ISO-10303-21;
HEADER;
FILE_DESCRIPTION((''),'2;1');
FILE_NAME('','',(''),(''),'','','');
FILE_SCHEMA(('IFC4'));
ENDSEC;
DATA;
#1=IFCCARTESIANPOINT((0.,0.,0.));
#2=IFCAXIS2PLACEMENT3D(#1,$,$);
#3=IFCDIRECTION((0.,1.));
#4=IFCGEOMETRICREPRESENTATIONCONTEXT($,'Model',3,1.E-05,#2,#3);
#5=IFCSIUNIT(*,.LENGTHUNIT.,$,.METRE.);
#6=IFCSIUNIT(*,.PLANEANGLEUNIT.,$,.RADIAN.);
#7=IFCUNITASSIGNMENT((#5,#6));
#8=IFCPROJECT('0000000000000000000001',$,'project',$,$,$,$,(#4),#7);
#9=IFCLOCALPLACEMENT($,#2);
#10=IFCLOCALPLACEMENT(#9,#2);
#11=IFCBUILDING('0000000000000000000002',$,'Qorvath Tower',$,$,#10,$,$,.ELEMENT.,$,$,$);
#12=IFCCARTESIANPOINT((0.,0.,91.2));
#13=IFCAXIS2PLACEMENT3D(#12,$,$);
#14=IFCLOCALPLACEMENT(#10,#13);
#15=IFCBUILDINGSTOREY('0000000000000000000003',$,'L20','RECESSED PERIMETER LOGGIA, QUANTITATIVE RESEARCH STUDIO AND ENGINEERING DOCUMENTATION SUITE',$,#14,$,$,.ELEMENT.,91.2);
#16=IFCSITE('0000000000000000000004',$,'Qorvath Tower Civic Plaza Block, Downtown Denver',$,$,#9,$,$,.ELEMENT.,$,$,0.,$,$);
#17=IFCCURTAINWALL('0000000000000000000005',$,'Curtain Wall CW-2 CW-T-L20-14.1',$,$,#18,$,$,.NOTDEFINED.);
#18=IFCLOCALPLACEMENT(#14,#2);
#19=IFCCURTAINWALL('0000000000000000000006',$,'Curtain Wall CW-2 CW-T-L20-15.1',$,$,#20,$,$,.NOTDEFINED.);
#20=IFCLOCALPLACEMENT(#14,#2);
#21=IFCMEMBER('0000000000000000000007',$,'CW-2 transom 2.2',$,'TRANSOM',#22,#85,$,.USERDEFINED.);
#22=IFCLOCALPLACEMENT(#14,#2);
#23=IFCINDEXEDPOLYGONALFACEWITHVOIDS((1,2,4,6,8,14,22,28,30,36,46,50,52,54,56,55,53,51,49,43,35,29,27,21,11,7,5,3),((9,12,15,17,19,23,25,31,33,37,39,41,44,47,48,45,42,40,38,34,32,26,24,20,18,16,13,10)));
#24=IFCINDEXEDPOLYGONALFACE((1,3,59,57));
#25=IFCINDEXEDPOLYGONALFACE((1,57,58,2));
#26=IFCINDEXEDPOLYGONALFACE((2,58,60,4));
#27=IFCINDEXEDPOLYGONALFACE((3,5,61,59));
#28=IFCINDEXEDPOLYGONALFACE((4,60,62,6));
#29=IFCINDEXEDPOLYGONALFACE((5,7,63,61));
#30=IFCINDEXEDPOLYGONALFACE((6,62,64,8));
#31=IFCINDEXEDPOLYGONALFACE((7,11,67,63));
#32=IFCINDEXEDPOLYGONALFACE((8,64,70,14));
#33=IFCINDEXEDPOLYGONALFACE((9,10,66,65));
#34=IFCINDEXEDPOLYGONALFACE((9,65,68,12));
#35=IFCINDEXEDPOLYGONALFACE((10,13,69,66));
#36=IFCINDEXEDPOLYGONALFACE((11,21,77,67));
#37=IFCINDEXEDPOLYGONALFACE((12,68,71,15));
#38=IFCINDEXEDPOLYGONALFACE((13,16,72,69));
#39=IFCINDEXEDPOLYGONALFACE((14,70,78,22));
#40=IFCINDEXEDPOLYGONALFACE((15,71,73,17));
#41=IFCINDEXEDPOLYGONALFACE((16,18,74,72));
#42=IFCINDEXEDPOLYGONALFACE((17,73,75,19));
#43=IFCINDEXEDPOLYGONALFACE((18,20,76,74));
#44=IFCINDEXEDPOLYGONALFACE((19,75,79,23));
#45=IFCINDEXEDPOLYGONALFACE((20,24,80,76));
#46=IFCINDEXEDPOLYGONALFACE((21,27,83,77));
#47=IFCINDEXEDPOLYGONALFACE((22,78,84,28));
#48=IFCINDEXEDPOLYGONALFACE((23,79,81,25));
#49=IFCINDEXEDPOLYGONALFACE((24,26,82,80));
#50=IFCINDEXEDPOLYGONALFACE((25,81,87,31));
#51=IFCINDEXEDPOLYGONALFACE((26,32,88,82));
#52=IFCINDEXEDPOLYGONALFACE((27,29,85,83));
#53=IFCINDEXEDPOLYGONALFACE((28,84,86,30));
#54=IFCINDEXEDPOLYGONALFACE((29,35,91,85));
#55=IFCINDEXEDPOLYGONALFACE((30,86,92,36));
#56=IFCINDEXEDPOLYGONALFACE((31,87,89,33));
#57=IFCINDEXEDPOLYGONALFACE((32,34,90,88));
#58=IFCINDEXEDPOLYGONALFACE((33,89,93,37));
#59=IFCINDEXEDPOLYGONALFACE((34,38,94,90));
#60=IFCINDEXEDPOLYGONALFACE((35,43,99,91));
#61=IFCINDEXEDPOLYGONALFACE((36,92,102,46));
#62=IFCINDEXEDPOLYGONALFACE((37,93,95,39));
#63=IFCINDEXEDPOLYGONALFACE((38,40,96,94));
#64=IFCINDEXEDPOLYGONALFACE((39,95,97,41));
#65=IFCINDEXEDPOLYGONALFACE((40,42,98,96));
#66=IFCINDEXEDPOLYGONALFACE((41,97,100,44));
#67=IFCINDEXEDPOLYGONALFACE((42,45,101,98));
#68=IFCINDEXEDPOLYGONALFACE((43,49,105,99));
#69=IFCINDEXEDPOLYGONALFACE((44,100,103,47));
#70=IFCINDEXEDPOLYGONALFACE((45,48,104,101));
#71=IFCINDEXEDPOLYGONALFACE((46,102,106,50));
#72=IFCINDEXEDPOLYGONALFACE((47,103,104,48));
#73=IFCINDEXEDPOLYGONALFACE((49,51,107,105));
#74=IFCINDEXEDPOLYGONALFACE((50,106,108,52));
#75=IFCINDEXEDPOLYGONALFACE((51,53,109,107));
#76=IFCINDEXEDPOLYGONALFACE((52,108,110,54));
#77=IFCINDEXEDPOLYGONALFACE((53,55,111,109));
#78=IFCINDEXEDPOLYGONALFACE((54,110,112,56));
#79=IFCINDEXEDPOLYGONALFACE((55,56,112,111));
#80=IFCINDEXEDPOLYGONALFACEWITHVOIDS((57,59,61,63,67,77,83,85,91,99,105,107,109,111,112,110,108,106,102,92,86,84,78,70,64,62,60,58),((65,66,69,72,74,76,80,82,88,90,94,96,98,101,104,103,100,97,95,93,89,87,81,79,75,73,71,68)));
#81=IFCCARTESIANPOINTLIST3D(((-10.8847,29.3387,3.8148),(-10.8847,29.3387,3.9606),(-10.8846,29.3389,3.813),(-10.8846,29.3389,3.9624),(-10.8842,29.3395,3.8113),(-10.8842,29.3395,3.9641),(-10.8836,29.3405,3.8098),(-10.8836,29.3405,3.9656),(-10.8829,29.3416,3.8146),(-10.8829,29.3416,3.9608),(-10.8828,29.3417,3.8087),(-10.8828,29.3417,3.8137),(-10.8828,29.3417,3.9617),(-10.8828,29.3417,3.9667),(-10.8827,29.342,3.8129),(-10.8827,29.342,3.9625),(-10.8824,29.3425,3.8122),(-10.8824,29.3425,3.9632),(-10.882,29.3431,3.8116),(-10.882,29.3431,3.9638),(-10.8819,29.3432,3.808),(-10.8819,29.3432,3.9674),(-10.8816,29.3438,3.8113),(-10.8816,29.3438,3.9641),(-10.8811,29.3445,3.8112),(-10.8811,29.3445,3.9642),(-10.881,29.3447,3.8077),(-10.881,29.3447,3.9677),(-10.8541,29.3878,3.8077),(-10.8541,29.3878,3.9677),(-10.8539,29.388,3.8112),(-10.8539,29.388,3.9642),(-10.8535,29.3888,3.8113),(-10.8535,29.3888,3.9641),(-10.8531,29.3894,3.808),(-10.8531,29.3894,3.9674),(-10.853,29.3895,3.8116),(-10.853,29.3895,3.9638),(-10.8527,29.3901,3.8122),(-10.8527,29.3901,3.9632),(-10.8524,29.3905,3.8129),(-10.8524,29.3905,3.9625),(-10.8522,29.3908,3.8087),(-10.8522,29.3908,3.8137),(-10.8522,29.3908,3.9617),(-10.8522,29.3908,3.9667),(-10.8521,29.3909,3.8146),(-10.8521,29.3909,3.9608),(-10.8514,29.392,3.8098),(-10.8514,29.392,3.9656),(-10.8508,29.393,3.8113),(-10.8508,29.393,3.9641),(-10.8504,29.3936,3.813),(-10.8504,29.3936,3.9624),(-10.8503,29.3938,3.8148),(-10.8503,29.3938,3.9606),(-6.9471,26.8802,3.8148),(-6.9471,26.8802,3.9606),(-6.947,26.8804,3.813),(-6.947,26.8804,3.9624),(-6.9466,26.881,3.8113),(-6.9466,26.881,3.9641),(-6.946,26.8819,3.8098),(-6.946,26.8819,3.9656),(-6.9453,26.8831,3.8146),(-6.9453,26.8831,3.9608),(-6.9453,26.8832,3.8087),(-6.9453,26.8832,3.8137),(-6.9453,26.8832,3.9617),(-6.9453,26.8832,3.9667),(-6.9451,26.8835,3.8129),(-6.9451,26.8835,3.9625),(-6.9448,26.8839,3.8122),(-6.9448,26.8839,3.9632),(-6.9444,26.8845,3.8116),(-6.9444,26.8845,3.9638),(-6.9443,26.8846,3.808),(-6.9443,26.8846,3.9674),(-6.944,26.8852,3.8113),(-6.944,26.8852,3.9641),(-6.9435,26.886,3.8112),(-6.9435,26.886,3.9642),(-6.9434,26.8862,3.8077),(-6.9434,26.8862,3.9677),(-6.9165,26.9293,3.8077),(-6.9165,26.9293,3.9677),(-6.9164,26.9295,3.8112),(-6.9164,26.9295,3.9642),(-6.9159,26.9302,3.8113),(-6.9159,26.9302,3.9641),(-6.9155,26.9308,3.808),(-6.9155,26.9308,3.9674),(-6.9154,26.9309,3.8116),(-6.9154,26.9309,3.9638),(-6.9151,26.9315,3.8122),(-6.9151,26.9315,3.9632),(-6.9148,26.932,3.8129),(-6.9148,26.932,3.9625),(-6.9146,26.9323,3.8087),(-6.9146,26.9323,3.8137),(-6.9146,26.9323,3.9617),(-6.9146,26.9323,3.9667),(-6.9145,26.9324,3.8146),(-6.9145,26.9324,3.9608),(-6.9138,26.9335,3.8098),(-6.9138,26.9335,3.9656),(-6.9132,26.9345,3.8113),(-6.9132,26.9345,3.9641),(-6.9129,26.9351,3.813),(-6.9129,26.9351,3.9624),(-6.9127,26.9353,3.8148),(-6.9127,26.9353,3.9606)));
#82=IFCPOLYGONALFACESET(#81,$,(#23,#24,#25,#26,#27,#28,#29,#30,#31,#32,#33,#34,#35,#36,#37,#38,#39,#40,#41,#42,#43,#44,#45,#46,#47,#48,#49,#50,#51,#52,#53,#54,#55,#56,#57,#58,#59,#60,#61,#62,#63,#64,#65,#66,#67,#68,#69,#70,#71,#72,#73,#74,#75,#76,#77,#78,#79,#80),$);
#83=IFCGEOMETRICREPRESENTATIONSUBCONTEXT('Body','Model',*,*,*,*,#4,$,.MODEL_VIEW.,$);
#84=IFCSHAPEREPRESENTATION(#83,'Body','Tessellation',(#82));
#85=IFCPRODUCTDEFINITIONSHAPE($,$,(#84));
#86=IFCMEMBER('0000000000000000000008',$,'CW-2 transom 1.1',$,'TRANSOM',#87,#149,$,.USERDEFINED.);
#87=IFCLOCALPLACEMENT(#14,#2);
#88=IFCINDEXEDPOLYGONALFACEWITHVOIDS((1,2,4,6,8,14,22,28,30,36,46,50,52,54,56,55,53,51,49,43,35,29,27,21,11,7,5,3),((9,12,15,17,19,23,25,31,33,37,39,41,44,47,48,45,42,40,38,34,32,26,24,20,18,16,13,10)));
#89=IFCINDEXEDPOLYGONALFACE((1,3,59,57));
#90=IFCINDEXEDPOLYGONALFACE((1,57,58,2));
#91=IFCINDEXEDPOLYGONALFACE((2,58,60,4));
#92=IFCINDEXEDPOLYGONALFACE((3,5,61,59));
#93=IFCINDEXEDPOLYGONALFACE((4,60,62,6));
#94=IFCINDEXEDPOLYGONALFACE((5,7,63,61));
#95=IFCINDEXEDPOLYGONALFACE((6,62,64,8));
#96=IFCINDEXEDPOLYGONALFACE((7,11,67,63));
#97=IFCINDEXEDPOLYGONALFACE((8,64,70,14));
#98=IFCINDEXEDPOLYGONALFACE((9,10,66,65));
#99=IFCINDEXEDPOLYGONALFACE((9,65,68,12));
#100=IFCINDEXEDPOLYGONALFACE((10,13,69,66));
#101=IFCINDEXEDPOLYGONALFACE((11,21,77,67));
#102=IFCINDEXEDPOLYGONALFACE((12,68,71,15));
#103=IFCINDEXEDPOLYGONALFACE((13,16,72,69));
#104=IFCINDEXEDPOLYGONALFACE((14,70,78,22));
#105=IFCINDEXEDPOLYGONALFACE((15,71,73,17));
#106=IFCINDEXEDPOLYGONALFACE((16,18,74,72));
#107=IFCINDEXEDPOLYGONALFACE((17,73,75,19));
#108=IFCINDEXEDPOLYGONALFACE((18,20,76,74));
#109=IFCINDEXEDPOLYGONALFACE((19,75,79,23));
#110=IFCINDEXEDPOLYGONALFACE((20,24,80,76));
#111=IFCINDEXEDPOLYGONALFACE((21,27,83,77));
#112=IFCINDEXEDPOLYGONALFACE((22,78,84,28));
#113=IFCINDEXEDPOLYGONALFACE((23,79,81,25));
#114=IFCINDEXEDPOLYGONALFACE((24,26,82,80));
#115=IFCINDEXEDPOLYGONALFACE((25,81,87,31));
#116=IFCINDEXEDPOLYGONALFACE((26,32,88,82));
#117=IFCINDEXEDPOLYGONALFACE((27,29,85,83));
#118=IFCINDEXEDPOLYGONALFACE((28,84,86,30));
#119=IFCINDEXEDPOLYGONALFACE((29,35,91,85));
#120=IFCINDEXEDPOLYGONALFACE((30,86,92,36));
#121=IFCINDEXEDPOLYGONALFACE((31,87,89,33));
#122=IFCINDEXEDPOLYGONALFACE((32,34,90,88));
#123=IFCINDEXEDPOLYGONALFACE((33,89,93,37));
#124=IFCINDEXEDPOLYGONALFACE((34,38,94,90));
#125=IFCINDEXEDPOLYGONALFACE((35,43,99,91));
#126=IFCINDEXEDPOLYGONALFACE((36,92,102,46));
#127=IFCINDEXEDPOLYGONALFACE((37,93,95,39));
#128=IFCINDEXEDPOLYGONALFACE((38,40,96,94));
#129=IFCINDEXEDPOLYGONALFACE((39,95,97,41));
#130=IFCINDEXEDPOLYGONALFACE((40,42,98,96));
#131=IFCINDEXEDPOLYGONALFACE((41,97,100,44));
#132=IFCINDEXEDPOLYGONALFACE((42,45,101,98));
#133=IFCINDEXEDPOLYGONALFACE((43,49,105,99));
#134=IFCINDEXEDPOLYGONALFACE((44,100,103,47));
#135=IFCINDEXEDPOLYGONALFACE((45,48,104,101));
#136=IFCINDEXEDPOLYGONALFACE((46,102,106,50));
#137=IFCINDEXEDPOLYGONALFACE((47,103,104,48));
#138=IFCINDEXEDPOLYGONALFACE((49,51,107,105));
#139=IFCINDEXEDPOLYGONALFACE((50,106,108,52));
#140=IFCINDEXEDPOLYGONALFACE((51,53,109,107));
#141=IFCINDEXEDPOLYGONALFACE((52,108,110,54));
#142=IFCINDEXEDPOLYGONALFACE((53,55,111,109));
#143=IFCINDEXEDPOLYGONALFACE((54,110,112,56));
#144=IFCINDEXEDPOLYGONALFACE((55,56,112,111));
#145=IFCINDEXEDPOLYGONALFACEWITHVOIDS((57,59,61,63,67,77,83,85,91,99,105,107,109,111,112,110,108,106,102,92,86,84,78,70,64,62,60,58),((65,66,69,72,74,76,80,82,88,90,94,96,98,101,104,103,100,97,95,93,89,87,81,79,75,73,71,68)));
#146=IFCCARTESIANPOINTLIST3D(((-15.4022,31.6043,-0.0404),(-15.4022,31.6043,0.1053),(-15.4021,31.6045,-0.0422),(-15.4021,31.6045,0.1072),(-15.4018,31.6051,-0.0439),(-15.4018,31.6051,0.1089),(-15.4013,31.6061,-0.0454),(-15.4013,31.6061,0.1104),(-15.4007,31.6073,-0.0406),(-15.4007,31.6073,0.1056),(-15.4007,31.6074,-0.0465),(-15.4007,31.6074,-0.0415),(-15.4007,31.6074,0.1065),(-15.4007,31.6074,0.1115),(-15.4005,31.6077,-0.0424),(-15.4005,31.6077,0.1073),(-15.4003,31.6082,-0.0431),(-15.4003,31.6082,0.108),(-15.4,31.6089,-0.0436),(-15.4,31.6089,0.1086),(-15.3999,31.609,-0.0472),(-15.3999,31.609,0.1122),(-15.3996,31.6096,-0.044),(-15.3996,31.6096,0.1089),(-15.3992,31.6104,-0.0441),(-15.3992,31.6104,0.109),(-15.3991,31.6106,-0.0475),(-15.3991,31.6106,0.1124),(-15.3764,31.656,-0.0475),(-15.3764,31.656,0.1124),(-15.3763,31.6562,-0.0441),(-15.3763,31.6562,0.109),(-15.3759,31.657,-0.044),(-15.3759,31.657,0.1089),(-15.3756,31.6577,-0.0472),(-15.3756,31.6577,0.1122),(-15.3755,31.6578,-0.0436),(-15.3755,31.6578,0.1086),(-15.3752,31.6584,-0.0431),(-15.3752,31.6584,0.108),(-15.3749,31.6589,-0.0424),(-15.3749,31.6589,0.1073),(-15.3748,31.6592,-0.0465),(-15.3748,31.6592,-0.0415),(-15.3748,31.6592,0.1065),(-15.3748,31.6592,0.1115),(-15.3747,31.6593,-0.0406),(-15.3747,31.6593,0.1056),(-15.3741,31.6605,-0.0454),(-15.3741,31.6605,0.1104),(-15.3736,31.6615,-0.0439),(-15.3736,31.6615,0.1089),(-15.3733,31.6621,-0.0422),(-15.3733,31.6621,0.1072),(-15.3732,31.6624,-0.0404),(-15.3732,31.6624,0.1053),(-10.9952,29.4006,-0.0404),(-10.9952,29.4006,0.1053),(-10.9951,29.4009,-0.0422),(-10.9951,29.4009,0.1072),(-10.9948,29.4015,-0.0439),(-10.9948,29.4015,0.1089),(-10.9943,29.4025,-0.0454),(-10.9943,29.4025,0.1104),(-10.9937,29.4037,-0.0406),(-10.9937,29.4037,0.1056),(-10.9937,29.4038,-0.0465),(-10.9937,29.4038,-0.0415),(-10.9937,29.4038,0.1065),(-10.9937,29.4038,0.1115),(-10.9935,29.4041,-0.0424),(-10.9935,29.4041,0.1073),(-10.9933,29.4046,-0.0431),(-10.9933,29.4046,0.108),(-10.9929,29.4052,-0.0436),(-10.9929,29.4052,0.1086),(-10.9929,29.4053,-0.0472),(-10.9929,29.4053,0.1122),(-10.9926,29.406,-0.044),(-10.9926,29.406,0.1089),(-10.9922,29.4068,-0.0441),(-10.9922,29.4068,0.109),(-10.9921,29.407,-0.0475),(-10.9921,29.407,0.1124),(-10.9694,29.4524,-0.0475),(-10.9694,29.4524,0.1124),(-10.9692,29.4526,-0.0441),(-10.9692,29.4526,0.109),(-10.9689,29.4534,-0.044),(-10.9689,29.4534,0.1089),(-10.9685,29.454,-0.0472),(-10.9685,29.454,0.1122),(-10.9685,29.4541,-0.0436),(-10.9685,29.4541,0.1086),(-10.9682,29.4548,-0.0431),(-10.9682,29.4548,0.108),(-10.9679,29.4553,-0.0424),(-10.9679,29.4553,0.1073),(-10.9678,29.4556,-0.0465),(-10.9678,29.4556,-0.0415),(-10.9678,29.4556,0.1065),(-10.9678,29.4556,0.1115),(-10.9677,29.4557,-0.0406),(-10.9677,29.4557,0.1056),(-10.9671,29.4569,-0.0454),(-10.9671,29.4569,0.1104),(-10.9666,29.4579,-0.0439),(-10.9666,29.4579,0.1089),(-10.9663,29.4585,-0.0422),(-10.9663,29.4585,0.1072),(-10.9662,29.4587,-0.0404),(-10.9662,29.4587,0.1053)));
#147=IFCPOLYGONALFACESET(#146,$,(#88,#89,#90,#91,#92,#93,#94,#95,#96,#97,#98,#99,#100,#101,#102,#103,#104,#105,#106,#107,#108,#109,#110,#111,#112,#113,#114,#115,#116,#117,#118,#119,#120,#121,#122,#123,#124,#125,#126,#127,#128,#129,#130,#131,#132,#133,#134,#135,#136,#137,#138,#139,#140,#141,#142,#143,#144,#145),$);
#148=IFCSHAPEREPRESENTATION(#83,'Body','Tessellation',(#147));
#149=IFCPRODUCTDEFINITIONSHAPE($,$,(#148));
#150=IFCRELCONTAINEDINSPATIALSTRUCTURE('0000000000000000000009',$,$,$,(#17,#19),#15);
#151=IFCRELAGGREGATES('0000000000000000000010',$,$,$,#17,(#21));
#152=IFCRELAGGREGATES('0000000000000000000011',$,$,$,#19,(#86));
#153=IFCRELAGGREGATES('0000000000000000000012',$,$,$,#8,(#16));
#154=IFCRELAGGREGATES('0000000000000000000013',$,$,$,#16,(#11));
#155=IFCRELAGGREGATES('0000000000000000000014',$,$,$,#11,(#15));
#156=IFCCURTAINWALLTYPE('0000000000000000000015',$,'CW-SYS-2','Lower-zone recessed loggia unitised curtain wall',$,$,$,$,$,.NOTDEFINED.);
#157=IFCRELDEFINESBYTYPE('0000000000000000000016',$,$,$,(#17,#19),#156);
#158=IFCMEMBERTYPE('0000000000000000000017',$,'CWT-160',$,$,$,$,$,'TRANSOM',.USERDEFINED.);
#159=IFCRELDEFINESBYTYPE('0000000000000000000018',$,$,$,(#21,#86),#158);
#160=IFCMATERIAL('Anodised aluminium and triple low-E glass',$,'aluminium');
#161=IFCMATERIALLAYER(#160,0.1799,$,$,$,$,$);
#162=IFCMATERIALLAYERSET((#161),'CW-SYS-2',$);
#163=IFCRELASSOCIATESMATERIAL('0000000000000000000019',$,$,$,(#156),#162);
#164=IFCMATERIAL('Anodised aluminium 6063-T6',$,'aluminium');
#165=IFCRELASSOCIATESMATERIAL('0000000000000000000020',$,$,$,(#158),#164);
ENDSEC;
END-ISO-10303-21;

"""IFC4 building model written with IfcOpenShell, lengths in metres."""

from ifc_helpers import new_model, si_unit, direction, frame, origin, origin_2d, place, context, subcontext, project, spatial, hollow_rectangle, extrude, material, layer, layer_set, material_profile, profile_set, type_object, element, aggregate, save


model = new_model("IFC4")

# Units and contexts
model_context = context("Model", 3, precision=1e-05, world=origin(), true_north=direction((0.0, 1.0)))
body_context = subcontext(model_context, "Body", "Model", "MODEL_VIEW")
ifc_project = project(units=[si_unit("LENGTHUNIT", "METRE"), si_unit("PLANEANGLEUNIT", "RADIAN")], contexts=[model_context])

# Site, building, storey
site_placement = place(None, origin())
site = spatial("IfcSite", under=ifc_project, at=site_placement, Name="Qorvath Tower Civic Plaza Block, Downtown Denver", CompositionType="ELEMENT", RefElevation=0.0)
building_placement = place(site_placement, origin())
building = spatial("IfcBuilding", under=site, at=building_placement, Name="Qorvath Tower", CompositionType="ELEMENT")
storey_placement = place(building_placement, frame((0.0, 0.0, 91.2)))
storey = spatial("IfcBuildingStorey", under=building, at=storey_placement, Name="L20", Description="RECESSED PERIMETER LOGGIA, QUANTITATIVE RESEARCH STUDIO AND ENGINEERING DOCUMENTATION SUITE", CompositionType="ELEMENT", Elevation=91.2)

# Shared definitions
ifc_material_1 = material(Name="Anodised aluminium and triple low-E glass", Category="aluminium")
ifc_layer_1 = layer(ifc_material_1, 0.1799)
ifc_layer_set_1 = layer_set([ifc_layer_1], Name="CW-SYS-2")
curtain_wall_type = type_object("IfcCurtainWallType", Name="CW-SYS-2", Description="Lower-zone recessed loggia unitised curtain wall", PredefinedType="NOTDEFINED", material=ifc_layer_set_1)

# Curtain walls
curtain_wall_1_placement = place(storey_placement, origin())
curtain_wall_1 = element("IfcCurtainWall", 1, at=curtain_wall_1_placement, inside=storey, type_object=curtain_wall_type, Name="Curtain Wall CW-2 CW-T-L20-14.1", PredefinedType="NOTDEFINED")
curtain_wall_2_placement = place(storey_placement, origin())
curtain_wall_2 = element("IfcCurtainWall", 2, at=curtain_wall_2_placement, inside=storey, type_object=curtain_wall_type, Name="Curtain Wall CW-2 CW-T-L20-15.1", PredefinedType="NOTDEFINED")

# Members
ifc_material_2 = material(Name="Anodised aluminium 6063-T6", Category="aluminium")
ifc_material_profile_1 = material_profile(ifc_material_2, hollow_rectangle(XDim=0.0649, YDim=0.1599, WallThickness=0.0034, InnerFilletRadius=0.0034, OuterFilletRadius=0.0071, at=origin_2d()), Name="CWT 160x65")
ifc_profile_set_1 = profile_set([ifc_material_profile_1], Name="Anodised aluminium 6063-T6")
member_type_1 = type_object("IfcMemberType", Name="CWT-160", ElementType="TRANSOM", PredefinedType="USERDEFINED", material=ifc_profile_set_1)
member_1_placement = place(storey_placement, frame((-6.9299, 26.9077, 3.8877), z_axis=(-0.848235, 0.529621, 0.0), x_axis=(-0.529621, -0.848235, 0.0)))
member_1 = element("IfcMember", 3, at=member_1_placement, type_object=member_type_1, Name="CW-2 transom 2.2", ObjectType="TRANSOM", PredefinedType="USERDEFINED", context=body_context, shape_type="SweptSolid", body=[
    extrude(hollow_rectangle(XDim=0.0649, YDim=0.1599, WallThickness=0.0034, InnerFilletRadius=0.0034, OuterFilletRadius=0.0071, at=origin_2d()), origin(), (0.0, 0.0, 1.0), 4.6421),
])
member_2_placement = place(storey_placement, frame((-10.9807, 29.4297, 0.0325), z_axis=(-0.894417, 0.447233, 0.0), x_axis=(-0.447233, -0.894417, 0.0)))
member_2 = element("IfcMember", 4, at=member_2_placement, type_object=member_type_1, Name="CW-2 transom 1.1", ObjectType="TRANSOM", PredefinedType="USERDEFINED", context=body_context, shape_type="SweptSolid", body=[
    extrude(hollow_rectangle(XDim=0.0649, YDim=0.1599, WallThickness=0.0034, InnerFilletRadius=0.0034, OuterFilletRadius=0.0071, at=origin_2d()), origin(), (0.0, 0.0, 1.0), 4.9272),
])

aggregate(curtain_wall_1, [member_1])
aggregate(curtain_wall_2, [member_2])

save(model, "model.ifc")
